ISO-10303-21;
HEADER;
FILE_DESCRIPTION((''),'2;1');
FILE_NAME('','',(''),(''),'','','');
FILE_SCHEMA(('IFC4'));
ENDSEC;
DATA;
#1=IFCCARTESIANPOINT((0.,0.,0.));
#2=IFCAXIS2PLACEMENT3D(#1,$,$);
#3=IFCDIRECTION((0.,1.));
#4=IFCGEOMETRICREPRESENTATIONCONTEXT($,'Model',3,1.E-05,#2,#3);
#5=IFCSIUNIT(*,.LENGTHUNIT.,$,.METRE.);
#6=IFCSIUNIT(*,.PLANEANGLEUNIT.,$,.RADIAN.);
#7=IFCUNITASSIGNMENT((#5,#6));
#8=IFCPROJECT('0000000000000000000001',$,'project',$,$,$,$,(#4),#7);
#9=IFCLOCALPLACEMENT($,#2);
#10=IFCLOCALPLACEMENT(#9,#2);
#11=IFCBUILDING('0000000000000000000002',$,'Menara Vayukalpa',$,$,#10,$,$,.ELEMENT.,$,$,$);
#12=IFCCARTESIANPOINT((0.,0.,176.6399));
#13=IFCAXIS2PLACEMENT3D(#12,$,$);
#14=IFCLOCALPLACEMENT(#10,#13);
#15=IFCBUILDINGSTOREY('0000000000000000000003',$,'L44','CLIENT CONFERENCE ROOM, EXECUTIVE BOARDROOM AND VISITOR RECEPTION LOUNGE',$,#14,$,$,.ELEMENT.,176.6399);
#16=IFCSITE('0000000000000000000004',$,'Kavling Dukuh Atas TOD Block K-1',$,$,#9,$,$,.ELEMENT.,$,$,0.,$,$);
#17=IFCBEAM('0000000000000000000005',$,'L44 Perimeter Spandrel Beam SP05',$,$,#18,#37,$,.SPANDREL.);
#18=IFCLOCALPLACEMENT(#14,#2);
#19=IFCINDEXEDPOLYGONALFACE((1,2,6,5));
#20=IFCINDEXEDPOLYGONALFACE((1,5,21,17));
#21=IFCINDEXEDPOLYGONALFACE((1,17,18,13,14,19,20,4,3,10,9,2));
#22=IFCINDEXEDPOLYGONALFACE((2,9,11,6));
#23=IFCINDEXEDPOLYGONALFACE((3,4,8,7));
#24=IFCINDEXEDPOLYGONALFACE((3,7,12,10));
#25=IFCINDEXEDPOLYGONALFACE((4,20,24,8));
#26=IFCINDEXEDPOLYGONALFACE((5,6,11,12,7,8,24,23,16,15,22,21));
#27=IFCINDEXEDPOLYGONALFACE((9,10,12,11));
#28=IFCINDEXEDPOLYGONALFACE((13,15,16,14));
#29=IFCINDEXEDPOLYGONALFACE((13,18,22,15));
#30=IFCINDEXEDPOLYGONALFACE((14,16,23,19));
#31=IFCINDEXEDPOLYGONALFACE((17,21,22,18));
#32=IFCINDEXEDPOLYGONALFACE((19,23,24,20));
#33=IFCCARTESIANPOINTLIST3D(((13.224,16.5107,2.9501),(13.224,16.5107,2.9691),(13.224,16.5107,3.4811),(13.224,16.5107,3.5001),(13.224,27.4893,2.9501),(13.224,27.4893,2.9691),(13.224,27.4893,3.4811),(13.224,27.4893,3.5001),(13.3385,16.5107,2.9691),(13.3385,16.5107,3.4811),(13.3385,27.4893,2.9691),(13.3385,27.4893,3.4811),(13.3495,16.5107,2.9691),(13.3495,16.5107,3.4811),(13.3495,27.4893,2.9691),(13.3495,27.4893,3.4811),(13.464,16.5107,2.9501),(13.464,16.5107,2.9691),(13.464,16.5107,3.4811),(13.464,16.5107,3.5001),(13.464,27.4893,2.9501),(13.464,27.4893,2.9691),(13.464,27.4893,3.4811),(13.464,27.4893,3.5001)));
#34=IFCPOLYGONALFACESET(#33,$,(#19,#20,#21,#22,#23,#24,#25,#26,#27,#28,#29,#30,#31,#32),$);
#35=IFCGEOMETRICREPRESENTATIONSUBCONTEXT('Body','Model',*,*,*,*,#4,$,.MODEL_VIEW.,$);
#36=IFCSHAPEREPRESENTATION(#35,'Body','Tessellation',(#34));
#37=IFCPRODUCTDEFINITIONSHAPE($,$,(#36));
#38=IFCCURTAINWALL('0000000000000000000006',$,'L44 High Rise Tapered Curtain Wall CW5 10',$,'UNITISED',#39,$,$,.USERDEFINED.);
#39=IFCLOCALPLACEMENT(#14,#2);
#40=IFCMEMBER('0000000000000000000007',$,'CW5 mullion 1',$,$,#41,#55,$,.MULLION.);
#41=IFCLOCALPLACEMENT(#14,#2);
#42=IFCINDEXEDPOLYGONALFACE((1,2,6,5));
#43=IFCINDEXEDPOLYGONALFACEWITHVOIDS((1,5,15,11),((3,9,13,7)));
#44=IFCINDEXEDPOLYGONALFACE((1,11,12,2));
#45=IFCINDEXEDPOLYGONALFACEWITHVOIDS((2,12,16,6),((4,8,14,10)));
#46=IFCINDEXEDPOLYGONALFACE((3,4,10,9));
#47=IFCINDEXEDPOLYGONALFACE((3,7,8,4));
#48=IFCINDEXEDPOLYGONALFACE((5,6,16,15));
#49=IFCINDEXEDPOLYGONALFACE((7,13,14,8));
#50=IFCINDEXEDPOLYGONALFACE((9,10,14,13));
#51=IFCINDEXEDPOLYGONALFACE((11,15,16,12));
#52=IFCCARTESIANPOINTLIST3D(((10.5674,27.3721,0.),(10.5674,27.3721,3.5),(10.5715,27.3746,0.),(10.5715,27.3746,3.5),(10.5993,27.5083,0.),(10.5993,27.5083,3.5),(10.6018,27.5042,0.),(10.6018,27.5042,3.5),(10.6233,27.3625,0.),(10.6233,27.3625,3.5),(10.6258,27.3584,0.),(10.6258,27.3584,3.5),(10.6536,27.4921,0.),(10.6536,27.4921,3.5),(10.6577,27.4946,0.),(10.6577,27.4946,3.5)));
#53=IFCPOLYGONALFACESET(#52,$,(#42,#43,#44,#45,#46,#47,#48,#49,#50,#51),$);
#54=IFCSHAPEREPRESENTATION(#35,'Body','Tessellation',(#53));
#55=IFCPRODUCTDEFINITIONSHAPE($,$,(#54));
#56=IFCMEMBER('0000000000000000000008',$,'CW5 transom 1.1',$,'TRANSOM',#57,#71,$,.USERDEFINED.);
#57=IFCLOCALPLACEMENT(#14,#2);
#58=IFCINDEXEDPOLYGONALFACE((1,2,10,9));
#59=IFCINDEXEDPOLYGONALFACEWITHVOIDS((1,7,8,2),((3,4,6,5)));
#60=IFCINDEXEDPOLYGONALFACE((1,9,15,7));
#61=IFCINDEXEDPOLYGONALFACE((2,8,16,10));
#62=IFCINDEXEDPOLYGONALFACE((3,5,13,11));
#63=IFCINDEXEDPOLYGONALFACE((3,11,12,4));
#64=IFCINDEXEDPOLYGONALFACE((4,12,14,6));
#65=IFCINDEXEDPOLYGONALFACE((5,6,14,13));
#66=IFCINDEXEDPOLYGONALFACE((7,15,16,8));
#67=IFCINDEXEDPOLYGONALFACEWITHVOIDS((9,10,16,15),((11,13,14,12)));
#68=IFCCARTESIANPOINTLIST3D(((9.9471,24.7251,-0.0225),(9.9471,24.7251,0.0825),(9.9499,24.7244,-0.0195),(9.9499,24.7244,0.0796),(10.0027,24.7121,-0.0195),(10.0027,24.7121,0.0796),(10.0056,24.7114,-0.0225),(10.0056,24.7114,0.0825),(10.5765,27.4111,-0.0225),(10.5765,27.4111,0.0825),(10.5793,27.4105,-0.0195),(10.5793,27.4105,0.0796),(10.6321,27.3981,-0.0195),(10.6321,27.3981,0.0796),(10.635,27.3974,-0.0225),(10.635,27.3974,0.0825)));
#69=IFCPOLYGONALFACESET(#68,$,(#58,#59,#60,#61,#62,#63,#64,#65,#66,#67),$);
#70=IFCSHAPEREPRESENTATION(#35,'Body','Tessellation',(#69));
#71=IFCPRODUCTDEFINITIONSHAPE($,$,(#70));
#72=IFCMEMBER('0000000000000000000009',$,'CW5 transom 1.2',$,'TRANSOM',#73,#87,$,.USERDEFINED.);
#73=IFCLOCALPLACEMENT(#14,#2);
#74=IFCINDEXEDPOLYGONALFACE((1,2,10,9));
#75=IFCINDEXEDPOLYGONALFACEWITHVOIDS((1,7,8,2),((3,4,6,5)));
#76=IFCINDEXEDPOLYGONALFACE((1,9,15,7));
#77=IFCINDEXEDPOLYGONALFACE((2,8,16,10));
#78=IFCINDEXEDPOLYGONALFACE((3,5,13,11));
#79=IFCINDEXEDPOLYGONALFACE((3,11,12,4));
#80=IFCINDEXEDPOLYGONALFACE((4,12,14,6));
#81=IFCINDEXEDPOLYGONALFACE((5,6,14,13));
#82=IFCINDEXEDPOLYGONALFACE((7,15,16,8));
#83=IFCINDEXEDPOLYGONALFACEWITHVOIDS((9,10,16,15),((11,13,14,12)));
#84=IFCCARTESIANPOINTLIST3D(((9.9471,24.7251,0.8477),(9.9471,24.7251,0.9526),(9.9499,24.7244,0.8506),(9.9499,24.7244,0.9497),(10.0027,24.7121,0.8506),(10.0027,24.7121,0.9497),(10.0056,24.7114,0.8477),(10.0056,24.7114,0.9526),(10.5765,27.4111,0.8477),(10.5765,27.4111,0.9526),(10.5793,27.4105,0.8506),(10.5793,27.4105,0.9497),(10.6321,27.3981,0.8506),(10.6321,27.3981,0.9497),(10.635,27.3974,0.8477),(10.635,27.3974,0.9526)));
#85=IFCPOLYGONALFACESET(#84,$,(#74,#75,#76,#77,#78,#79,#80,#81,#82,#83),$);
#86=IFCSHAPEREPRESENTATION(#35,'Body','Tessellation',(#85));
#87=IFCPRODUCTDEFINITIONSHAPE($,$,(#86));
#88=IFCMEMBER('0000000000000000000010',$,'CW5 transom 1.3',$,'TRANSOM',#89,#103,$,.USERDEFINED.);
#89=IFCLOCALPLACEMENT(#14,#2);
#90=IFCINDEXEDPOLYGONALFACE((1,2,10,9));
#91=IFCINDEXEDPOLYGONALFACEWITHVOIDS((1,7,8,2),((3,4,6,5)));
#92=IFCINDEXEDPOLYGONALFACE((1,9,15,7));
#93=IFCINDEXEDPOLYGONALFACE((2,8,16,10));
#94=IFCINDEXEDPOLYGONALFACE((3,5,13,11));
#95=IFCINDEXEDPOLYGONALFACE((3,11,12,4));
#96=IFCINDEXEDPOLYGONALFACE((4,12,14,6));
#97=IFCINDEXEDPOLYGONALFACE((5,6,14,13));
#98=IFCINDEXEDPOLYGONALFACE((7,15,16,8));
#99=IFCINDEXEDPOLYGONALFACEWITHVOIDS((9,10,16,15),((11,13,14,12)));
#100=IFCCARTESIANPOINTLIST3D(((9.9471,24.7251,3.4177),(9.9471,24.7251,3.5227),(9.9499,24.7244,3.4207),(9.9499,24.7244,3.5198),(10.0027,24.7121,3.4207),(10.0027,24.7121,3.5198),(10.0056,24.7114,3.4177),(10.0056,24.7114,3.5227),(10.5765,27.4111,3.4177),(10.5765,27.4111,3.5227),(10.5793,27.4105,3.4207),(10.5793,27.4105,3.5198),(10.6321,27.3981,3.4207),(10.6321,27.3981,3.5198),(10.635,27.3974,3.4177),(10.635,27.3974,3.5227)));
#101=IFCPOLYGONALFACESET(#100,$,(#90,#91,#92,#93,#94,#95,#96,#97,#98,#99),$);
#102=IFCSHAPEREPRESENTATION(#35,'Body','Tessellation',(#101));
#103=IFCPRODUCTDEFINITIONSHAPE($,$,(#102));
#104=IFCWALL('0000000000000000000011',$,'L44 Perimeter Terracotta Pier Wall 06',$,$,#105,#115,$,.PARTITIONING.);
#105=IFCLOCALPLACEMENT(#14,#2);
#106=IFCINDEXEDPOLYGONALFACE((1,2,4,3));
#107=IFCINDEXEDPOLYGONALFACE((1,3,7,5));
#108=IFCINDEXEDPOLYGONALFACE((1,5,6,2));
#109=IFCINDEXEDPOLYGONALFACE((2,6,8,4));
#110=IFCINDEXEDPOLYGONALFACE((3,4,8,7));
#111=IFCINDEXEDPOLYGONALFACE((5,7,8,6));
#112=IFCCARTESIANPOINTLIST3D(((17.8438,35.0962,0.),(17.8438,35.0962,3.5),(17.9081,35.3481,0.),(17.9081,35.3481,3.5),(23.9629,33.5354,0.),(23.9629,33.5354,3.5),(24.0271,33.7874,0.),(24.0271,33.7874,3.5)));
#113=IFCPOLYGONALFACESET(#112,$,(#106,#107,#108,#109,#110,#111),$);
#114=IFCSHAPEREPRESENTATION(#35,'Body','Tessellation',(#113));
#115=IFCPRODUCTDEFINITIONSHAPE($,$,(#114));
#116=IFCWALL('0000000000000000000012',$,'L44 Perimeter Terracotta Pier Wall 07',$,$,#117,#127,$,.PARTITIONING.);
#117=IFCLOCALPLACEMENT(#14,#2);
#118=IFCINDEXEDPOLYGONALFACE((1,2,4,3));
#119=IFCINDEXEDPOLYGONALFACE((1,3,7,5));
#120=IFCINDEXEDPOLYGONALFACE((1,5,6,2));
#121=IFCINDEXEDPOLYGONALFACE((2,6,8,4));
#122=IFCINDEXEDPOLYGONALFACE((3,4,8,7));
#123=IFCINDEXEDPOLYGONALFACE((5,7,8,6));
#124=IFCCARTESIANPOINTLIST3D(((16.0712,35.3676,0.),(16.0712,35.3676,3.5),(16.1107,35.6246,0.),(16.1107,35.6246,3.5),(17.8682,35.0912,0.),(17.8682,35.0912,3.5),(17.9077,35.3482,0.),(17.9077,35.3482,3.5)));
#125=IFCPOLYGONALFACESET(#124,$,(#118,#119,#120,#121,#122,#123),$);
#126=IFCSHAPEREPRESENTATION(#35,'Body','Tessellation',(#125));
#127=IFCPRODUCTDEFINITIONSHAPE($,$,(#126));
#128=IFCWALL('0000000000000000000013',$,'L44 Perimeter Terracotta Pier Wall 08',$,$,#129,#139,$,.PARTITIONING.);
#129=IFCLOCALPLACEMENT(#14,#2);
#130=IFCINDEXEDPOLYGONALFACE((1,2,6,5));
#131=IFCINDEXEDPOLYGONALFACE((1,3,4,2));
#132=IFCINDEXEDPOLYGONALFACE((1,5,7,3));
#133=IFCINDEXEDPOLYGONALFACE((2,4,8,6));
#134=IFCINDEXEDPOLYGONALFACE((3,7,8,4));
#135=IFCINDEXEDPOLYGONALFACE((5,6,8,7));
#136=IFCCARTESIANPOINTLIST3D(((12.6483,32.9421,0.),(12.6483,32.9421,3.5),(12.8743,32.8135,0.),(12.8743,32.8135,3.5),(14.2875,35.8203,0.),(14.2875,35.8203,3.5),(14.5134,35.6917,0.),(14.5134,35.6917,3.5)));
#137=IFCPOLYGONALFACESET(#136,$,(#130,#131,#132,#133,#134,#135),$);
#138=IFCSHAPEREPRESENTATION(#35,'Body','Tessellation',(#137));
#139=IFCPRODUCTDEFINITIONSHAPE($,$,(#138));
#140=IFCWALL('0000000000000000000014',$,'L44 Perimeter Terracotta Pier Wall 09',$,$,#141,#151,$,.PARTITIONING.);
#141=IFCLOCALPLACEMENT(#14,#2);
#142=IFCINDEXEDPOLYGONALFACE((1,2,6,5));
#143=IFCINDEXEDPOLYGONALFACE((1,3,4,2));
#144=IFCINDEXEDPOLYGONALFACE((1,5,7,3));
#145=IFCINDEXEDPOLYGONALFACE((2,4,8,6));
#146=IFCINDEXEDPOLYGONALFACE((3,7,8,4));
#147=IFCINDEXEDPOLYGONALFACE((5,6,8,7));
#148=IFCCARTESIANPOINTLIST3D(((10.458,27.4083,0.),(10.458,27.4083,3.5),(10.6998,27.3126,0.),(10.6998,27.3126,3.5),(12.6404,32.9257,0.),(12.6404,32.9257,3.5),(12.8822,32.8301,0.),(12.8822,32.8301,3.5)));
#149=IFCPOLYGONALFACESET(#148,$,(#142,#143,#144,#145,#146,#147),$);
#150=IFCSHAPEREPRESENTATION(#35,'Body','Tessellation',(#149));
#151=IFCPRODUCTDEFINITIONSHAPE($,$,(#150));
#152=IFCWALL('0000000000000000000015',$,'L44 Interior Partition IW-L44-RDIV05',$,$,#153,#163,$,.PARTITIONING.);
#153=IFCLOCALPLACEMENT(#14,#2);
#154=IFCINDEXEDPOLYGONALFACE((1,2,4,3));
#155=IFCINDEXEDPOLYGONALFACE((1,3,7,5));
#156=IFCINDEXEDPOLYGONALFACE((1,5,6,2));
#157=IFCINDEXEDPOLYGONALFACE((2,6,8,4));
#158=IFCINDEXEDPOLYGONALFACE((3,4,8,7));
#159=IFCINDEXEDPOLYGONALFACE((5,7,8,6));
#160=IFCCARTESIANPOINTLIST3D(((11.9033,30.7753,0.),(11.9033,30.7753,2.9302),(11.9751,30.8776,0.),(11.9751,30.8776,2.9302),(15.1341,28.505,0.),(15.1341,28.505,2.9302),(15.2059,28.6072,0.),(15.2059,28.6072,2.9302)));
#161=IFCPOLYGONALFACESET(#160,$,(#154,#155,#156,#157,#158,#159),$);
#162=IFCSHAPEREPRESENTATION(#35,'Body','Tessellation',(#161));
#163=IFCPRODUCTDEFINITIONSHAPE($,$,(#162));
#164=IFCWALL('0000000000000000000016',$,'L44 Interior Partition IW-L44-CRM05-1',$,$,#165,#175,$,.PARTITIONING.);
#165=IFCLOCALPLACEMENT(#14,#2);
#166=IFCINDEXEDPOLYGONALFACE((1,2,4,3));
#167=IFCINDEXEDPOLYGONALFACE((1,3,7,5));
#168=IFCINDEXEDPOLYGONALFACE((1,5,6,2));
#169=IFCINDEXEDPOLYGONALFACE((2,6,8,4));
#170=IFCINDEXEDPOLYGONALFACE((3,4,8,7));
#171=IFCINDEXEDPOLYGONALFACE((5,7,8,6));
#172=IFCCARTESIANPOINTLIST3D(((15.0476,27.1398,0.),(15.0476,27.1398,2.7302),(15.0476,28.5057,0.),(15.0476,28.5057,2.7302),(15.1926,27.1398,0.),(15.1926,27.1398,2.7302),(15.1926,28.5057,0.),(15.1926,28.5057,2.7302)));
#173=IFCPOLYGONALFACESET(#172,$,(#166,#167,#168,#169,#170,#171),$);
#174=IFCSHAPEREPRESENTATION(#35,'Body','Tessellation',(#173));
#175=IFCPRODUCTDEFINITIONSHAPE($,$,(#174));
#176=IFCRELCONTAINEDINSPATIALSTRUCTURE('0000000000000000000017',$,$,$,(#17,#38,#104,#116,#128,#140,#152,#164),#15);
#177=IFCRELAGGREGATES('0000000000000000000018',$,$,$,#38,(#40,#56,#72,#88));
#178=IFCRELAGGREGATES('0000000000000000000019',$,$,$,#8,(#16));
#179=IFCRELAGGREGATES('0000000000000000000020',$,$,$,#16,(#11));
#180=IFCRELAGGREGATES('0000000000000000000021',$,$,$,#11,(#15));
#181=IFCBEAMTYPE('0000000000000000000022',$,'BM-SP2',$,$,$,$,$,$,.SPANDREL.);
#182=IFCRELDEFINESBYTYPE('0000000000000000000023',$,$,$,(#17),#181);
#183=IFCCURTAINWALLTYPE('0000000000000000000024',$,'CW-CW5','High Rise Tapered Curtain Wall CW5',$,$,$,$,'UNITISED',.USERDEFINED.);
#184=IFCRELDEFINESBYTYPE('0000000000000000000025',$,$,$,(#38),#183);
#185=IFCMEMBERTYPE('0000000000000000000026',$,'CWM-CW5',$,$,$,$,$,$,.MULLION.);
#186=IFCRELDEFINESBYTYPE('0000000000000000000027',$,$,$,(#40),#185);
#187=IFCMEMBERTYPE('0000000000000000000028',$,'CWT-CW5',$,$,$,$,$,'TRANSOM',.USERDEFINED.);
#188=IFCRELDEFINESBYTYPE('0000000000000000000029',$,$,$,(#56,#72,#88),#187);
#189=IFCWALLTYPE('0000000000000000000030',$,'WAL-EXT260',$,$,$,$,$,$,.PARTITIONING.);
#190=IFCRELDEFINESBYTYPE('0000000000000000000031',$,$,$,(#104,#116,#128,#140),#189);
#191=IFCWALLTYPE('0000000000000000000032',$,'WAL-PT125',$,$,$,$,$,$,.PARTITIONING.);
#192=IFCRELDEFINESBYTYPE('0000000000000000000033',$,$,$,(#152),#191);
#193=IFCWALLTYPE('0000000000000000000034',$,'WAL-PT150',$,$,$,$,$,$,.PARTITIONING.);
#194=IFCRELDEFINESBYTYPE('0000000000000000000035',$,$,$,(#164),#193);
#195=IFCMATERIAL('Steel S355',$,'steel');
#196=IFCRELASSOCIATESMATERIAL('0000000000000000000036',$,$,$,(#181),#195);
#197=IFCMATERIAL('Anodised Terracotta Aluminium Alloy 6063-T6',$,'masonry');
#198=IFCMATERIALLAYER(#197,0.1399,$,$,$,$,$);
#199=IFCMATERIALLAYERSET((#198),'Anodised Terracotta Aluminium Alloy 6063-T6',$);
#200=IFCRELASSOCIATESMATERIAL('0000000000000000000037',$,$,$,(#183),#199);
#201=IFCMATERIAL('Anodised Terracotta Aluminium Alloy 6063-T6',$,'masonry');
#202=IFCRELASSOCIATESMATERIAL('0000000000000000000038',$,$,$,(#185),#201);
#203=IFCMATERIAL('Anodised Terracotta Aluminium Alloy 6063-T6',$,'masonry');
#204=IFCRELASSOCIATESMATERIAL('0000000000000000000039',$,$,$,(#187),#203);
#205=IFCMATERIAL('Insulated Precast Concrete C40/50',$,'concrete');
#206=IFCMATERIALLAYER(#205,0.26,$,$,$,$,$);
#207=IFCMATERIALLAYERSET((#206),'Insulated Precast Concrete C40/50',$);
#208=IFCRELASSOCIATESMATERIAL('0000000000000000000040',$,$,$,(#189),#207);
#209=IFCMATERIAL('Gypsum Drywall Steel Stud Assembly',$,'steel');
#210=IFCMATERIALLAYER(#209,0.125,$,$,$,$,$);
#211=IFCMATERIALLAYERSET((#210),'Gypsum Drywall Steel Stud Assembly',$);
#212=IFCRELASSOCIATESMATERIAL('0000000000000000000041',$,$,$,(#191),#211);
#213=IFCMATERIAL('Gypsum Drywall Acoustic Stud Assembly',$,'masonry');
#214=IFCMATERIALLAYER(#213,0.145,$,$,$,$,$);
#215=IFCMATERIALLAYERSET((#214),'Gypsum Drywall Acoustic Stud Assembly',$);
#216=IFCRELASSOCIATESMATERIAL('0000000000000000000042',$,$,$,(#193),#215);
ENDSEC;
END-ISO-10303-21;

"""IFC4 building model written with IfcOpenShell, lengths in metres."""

from ifc_helpers import new_model, si_unit, direction, frame, frame_2d, origin, origin_2d, place, context, subcontext, project, spatial, rectangle, hollow_rectangle, i_section, extrude, material, layer, layer_set, material_profile, profile_set, type_object, element, aggregate, save


model = new_model("IFC4")

# Units and contexts
model_context = context("Model", 3, precision=1e-05, world=origin(), true_north=direction((0.0, 1.0)))
body_context = subcontext(model_context, "Body", "Model", "MODEL_VIEW")
ifc_project = project(units=[si_unit("LENGTHUNIT", "METRE"), si_unit("PLANEANGLEUNIT", "RADIAN")], contexts=[model_context])

# Site, building, storey
site_placement = place(None, origin())
site = spatial("IfcSite", under=ifc_project, at=site_placement, Name="Kavling Dukuh Atas TOD Block K-1", CompositionType="ELEMENT", RefElevation=0.0)
building_placement = place(site_placement, origin())
building = spatial("IfcBuilding", under=site, at=building_placement, Name="Menara Vayukalpa", CompositionType="ELEMENT")
storey_placement = place(building_placement, frame((0.0, 0.0, 176.6399)))
storey = spatial("IfcBuildingStorey", under=building, at=storey_placement, Name="L44", Description="CLIENT CONFERENCE ROOM, EXECUTIVE BOARDROOM AND VISITOR RECEPTION LOUNGE", CompositionType="ELEMENT", Elevation=176.6399)

# Beam
ifc_material_1 = material(Name="Steel S355", Category="steel")
ifc_material_profile_1 = material_profile(ifc_material_1, i_section(OverallWidth=0.24, OverallDepth=0.55, WebThickness=0.011, FlangeThickness=0.019, at=origin_2d()), Name="WF 550x240x11x19")
ifc_profile_set_1 = profile_set([ifc_material_profile_1], Name="Steel S355")
beam_type_1 = type_object("IfcBeamType", Name="BM-SP2", PredefinedType="SPANDREL", material=ifc_profile_set_1)
beam_1_placement = place(storey_placement, frame((13.344, 27.4893, 3.2251), z_axis=(0.0, -1.0, 0.0), x_axis=(1.0, 0.0, 0.0)))
element("IfcBeam", 1, at=beam_1_placement, inside=storey, type_object=beam_type_1, Name="L44 Perimeter Spandrel Beam SP05", PredefinedType="SPANDREL", context=body_context, shape_type="SweptSolid", body=[
    extrude(i_section(OverallWidth=0.24, OverallDepth=0.55, WebThickness=0.011, FlangeThickness=0.019, at=origin_2d()), origin(), (0.0, 0.0, 1.0), 10.9785),
])

# Curtain wall, members
ifc_material_2 = material(Name="Anodised Terracotta Aluminium Alloy 6063-T6", Category="masonry")
ifc_layer_1 = layer(ifc_material_2, 0.1399)
ifc_layer_set_1 = layer_set([ifc_layer_1], Name="Anodised Terracotta Aluminium Alloy 6063-T6")
curtain_wall_type = type_object("IfcCurtainWallType", Name="CW-CW5", Description="High Rise Tapered Curtain Wall CW5", ElementType="UNITISED", PredefinedType="USERDEFINED", material=ifc_layer_set_1)
curtain_wall_placement = place(storey_placement, origin())
curtain_wall = element("IfcCurtainWall", 2, at=curtain_wall_placement, inside=storey, type_object=curtain_wall_type, Name="L44 High Rise Tapered Curtain Wall CW5 10", ObjectType="UNITISED", PredefinedType="USERDEFINED")
ifc_material_3 = material(Name="Anodised Terracotta Aluminium Alloy 6063-T6", Category="masonry")
ifc_material_profile_2 = material_profile(ifc_material_3, hollow_rectangle(XDim=0.0601, YDim=0.1399, WallThickness=0.0034, at=origin_2d()), Name="ALU 60x140x3.5")
ifc_profile_set_2 = profile_set([ifc_material_profile_2], Name="Anodised Terracotta Aluminium Alloy 6063-T6")
member_type_1 = type_object("IfcMemberType", Name="CWM-CW5", PredefinedType="MULLION", material=ifc_profile_set_2)
member_1_placement = place(storey_placement, frame((10.6125, 27.4333, 0.0), z_axis=(0.0, 0.0, 1.0), x_axis=(0.973626, -0.228149, 0.0)))
member_1 = element("IfcMember", 3, at=member_1_placement, type_object=member_type_1, Name="CW5 mullion 1", PredefinedType="MULLION", context=body_context, shape_type="SweptSolid", body=[
    extrude(hollow_rectangle(XDim=0.0601, YDim=0.1399, WallThickness=0.0034, at=origin_2d()), origin(), (0.0, 0.0, 1.0), 3.5),
])
ifc_material_4 = material(Name="Anodised Terracotta Aluminium Alloy 6063-T6", Category="masonry")
ifc_material_profile_3 = material_profile(ifc_material_4, hollow_rectangle(XDim=0.0601, YDim=0.105, WallThickness=0.0029, at=origin_2d()), Name="ALU 60x105x3")
ifc_profile_set_3 = profile_set([ifc_material_profile_3], Name="Anodised Terracotta Aluminium Alloy 6063-T6")
member_type_2 = type_object("IfcMemberType", Name="CWT-CW5", ElementType="TRANSOM", PredefinedType="USERDEFINED", material=ifc_profile_set_3)
member_2_placement = place(storey_placement, frame((10.6057, 27.4043, 0.03), z_axis=(-0.228142, -0.973628, 0.0), x_axis=(0.973628, -0.228142, 0.0)))
member_2 = element("IfcMember", 4, at=member_2_placement, type_object=member_type_2, Name="CW5 transom 1.1", ObjectType="TRANSOM", PredefinedType="USERDEFINED", context=body_context, shape_type="SweptSolid", body=[
    extrude(hollow_rectangle(XDim=0.0601, YDim=0.105, WallThickness=0.0029, at=origin_2d()), origin(), (0.0, 0.0, 1.0), 2.7588),
])
member_3_placement = place(storey_placement, frame((10.6057, 27.4043, 0.9001), z_axis=(-0.228142, -0.973628, 0.0), x_axis=(0.973628, -0.228142, 0.0)))
member_3 = element("IfcMember", 5, at=member_3_placement, type_object=member_type_2, Name="CW5 transom 1.2", ObjectType="TRANSOM", PredefinedType="USERDEFINED", context=body_context, shape_type="SweptSolid", body=[
    extrude(hollow_rectangle(XDim=0.0601, YDim=0.105, WallThickness=0.0029, at=origin_2d()), origin(), (0.0, 0.0, 1.0), 2.7588),
])
member_4_placement = place(storey_placement, frame((10.6057, 27.4043, 3.4702), z_axis=(-0.228142, -0.973628, 0.0), x_axis=(0.973628, -0.228142, 0.0)))
member_4 = element("IfcMember", 6, at=member_4_placement, type_object=member_type_2, Name="CW5 transom 1.3", ObjectType="TRANSOM", PredefinedType="USERDEFINED", context=body_context, shape_type="SweptSolid", body=[
    extrude(hollow_rectangle(XDim=0.0601, YDim=0.105, WallThickness=0.0029, at=origin_2d()), origin(), (0.0, 0.0, 1.0), 2.7588),
])
aggregate(curtain_wall, [member_1, member_2, member_3, member_4])

# Walls
ifc_material_5 = material(Name="Insulated Precast Concrete C40/50", Category="concrete")
ifc_layer_2 = layer(ifc_material_5, 0.26)
ifc_layer_set_2 = layer_set([ifc_layer_2], Name="Insulated Precast Concrete C40/50")
wall_type_1 = type_object("IfcWallType", Name="WAL-EXT260", PredefinedType="PARTITIONING", material=ifc_layer_set_2)
wall_1_placement = place(storey_placement, frame((17.876, 35.2222, 0.0), z_axis=(0.0, 0.0, 1.0), x_axis=(0.968976, -0.247154, 0.0)))
element("IfcWall", 7, at=wall_1_placement, inside=storey, type_object=wall_type_1, Name="L44 Perimeter Terracotta Pier Wall 06", PredefinedType="PARTITIONING", context=body_context, shape_type="SweptSolid", body=[
    extrude(rectangle(XDim=6.3149, YDim=0.26, at=frame_2d((3.1575, 0.0))), origin(), (0.0, 0.0, 1.0), 3.5),
])
wall_2_placement = place(storey_placement, frame((16.0908, 35.4961, 0.0), z_axis=(0.0, 0.0, 1.0), x_axis=(0.988378, -0.152017, 0.0)))
element("IfcWall", 8, at=wall_2_placement, inside=storey, type_object=wall_type_1, Name="L44 Perimeter Terracotta Pier Wall 07", PredefinedType="PARTITIONING", context=body_context, shape_type="SweptSolid", body=[
    extrude(rectangle(XDim=1.8181, YDim=0.26, at=frame_2d((0.9092, 0.0))), origin(), (0.0, 0.0, 1.0), 3.5),
])
wall_3_placement = place(storey_placement, frame((12.7612, 32.8777, 0.0), z_axis=(0.0, 0.0, 1.0), x_axis=(0.494884, 0.868959, 0.0)))
element("IfcWall", 9, at=wall_3_placement, inside=storey, type_object=wall_type_1, Name="L44 Perimeter Terracotta Pier Wall 08", PredefinedType="PARTITIONING", context=body_context, shape_type="SweptSolid", body=[
    extrude(rectangle(XDim=3.3123, YDim=0.26, at=frame_2d((1.6562, 0.0))), origin(), (0.0, 0.0, 1.0), 3.5),
])
wall_4_placement = place(storey_placement, frame((10.5789, 27.3604, 0.0), z_axis=(0.0, 0.0, 1.0), x_axis=(0.367819, 0.929897, 0.0)))
element("IfcWall", 10, at=wall_4_placement, inside=storey, type_object=wall_type_1, Name="L44 Perimeter Terracotta Pier Wall 09", PredefinedType="PARTITIONING", context=body_context, shape_type="SweptSolid", body=[
    extrude(rectangle(XDim=5.9333, YDim=0.26, at=frame_2d((2.9668, 0.0))), origin(), (0.0, 0.0, 1.0), 3.5),
])
ifc_material_6 = material(Name="Gypsum Drywall Steel Stud Assembly", Category="steel")
ifc_layer_3 = layer(ifc_material_6, 0.125)
ifc_layer_set_3 = layer_set([ifc_layer_3], Name="Gypsum Drywall Steel Stud Assembly")
wall_type_2 = type_object("IfcWallType", Name="WAL-PT125", PredefinedType="PARTITIONING", material=ifc_layer_set_3)
wall_5_placement = place(storey_placement, frame((11.9392, 30.8264, 0.0), z_axis=(0.0, 0.0, 1.0), x_axis=(0.818188, -0.574951, 0.0)))
element("IfcWall", 11, at=wall_5_placement, inside=storey, type_object=wall_type_2, Name="L44 Interior Partition IW-L44-RDIV05", PredefinedType="PARTITIONING", context=body_context, shape_type="SweptSolid", body=[
    extrude(rectangle(XDim=3.9487, YDim=0.125, at=frame_2d((1.9744, 0.0))), origin(), (0.0, 0.0, 1.0), 2.9302),
])
ifc_material_7 = material(Name="Gypsum Drywall Acoustic Stud Assembly", Category="masonry")
ifc_layer_4 = layer(ifc_material_7, 0.145)
ifc_layer_set_4 = layer_set([ifc_layer_4], Name="Gypsum Drywall Acoustic Stud Assembly")
wall_type_3 = type_object("IfcWallType", Name="WAL-PT150", PredefinedType="PARTITIONING", material=ifc_layer_set_4)
wall_6_placement = place(storey_placement, frame((15.1201, 28.5059, 0.0), z_axis=(0.0, 0.0, 1.0), x_axis=(0.0, -1.0, 0.0)))
element("IfcWall", 12, at=wall_6_placement, inside=storey, type_object=wall_type_3, Name="L44 Interior Partition IW-L44-CRM05-1", PredefinedType="PARTITIONING", context=body_context, shape_type="SweptSolid", body=[
    extrude(rectangle(XDim=1.366, YDim=0.145, at=frame_2d((0.6831, 0.0))), origin(), (0.0, 0.0, 1.0), 2.7302),
])

save(model, "model.ifc")
